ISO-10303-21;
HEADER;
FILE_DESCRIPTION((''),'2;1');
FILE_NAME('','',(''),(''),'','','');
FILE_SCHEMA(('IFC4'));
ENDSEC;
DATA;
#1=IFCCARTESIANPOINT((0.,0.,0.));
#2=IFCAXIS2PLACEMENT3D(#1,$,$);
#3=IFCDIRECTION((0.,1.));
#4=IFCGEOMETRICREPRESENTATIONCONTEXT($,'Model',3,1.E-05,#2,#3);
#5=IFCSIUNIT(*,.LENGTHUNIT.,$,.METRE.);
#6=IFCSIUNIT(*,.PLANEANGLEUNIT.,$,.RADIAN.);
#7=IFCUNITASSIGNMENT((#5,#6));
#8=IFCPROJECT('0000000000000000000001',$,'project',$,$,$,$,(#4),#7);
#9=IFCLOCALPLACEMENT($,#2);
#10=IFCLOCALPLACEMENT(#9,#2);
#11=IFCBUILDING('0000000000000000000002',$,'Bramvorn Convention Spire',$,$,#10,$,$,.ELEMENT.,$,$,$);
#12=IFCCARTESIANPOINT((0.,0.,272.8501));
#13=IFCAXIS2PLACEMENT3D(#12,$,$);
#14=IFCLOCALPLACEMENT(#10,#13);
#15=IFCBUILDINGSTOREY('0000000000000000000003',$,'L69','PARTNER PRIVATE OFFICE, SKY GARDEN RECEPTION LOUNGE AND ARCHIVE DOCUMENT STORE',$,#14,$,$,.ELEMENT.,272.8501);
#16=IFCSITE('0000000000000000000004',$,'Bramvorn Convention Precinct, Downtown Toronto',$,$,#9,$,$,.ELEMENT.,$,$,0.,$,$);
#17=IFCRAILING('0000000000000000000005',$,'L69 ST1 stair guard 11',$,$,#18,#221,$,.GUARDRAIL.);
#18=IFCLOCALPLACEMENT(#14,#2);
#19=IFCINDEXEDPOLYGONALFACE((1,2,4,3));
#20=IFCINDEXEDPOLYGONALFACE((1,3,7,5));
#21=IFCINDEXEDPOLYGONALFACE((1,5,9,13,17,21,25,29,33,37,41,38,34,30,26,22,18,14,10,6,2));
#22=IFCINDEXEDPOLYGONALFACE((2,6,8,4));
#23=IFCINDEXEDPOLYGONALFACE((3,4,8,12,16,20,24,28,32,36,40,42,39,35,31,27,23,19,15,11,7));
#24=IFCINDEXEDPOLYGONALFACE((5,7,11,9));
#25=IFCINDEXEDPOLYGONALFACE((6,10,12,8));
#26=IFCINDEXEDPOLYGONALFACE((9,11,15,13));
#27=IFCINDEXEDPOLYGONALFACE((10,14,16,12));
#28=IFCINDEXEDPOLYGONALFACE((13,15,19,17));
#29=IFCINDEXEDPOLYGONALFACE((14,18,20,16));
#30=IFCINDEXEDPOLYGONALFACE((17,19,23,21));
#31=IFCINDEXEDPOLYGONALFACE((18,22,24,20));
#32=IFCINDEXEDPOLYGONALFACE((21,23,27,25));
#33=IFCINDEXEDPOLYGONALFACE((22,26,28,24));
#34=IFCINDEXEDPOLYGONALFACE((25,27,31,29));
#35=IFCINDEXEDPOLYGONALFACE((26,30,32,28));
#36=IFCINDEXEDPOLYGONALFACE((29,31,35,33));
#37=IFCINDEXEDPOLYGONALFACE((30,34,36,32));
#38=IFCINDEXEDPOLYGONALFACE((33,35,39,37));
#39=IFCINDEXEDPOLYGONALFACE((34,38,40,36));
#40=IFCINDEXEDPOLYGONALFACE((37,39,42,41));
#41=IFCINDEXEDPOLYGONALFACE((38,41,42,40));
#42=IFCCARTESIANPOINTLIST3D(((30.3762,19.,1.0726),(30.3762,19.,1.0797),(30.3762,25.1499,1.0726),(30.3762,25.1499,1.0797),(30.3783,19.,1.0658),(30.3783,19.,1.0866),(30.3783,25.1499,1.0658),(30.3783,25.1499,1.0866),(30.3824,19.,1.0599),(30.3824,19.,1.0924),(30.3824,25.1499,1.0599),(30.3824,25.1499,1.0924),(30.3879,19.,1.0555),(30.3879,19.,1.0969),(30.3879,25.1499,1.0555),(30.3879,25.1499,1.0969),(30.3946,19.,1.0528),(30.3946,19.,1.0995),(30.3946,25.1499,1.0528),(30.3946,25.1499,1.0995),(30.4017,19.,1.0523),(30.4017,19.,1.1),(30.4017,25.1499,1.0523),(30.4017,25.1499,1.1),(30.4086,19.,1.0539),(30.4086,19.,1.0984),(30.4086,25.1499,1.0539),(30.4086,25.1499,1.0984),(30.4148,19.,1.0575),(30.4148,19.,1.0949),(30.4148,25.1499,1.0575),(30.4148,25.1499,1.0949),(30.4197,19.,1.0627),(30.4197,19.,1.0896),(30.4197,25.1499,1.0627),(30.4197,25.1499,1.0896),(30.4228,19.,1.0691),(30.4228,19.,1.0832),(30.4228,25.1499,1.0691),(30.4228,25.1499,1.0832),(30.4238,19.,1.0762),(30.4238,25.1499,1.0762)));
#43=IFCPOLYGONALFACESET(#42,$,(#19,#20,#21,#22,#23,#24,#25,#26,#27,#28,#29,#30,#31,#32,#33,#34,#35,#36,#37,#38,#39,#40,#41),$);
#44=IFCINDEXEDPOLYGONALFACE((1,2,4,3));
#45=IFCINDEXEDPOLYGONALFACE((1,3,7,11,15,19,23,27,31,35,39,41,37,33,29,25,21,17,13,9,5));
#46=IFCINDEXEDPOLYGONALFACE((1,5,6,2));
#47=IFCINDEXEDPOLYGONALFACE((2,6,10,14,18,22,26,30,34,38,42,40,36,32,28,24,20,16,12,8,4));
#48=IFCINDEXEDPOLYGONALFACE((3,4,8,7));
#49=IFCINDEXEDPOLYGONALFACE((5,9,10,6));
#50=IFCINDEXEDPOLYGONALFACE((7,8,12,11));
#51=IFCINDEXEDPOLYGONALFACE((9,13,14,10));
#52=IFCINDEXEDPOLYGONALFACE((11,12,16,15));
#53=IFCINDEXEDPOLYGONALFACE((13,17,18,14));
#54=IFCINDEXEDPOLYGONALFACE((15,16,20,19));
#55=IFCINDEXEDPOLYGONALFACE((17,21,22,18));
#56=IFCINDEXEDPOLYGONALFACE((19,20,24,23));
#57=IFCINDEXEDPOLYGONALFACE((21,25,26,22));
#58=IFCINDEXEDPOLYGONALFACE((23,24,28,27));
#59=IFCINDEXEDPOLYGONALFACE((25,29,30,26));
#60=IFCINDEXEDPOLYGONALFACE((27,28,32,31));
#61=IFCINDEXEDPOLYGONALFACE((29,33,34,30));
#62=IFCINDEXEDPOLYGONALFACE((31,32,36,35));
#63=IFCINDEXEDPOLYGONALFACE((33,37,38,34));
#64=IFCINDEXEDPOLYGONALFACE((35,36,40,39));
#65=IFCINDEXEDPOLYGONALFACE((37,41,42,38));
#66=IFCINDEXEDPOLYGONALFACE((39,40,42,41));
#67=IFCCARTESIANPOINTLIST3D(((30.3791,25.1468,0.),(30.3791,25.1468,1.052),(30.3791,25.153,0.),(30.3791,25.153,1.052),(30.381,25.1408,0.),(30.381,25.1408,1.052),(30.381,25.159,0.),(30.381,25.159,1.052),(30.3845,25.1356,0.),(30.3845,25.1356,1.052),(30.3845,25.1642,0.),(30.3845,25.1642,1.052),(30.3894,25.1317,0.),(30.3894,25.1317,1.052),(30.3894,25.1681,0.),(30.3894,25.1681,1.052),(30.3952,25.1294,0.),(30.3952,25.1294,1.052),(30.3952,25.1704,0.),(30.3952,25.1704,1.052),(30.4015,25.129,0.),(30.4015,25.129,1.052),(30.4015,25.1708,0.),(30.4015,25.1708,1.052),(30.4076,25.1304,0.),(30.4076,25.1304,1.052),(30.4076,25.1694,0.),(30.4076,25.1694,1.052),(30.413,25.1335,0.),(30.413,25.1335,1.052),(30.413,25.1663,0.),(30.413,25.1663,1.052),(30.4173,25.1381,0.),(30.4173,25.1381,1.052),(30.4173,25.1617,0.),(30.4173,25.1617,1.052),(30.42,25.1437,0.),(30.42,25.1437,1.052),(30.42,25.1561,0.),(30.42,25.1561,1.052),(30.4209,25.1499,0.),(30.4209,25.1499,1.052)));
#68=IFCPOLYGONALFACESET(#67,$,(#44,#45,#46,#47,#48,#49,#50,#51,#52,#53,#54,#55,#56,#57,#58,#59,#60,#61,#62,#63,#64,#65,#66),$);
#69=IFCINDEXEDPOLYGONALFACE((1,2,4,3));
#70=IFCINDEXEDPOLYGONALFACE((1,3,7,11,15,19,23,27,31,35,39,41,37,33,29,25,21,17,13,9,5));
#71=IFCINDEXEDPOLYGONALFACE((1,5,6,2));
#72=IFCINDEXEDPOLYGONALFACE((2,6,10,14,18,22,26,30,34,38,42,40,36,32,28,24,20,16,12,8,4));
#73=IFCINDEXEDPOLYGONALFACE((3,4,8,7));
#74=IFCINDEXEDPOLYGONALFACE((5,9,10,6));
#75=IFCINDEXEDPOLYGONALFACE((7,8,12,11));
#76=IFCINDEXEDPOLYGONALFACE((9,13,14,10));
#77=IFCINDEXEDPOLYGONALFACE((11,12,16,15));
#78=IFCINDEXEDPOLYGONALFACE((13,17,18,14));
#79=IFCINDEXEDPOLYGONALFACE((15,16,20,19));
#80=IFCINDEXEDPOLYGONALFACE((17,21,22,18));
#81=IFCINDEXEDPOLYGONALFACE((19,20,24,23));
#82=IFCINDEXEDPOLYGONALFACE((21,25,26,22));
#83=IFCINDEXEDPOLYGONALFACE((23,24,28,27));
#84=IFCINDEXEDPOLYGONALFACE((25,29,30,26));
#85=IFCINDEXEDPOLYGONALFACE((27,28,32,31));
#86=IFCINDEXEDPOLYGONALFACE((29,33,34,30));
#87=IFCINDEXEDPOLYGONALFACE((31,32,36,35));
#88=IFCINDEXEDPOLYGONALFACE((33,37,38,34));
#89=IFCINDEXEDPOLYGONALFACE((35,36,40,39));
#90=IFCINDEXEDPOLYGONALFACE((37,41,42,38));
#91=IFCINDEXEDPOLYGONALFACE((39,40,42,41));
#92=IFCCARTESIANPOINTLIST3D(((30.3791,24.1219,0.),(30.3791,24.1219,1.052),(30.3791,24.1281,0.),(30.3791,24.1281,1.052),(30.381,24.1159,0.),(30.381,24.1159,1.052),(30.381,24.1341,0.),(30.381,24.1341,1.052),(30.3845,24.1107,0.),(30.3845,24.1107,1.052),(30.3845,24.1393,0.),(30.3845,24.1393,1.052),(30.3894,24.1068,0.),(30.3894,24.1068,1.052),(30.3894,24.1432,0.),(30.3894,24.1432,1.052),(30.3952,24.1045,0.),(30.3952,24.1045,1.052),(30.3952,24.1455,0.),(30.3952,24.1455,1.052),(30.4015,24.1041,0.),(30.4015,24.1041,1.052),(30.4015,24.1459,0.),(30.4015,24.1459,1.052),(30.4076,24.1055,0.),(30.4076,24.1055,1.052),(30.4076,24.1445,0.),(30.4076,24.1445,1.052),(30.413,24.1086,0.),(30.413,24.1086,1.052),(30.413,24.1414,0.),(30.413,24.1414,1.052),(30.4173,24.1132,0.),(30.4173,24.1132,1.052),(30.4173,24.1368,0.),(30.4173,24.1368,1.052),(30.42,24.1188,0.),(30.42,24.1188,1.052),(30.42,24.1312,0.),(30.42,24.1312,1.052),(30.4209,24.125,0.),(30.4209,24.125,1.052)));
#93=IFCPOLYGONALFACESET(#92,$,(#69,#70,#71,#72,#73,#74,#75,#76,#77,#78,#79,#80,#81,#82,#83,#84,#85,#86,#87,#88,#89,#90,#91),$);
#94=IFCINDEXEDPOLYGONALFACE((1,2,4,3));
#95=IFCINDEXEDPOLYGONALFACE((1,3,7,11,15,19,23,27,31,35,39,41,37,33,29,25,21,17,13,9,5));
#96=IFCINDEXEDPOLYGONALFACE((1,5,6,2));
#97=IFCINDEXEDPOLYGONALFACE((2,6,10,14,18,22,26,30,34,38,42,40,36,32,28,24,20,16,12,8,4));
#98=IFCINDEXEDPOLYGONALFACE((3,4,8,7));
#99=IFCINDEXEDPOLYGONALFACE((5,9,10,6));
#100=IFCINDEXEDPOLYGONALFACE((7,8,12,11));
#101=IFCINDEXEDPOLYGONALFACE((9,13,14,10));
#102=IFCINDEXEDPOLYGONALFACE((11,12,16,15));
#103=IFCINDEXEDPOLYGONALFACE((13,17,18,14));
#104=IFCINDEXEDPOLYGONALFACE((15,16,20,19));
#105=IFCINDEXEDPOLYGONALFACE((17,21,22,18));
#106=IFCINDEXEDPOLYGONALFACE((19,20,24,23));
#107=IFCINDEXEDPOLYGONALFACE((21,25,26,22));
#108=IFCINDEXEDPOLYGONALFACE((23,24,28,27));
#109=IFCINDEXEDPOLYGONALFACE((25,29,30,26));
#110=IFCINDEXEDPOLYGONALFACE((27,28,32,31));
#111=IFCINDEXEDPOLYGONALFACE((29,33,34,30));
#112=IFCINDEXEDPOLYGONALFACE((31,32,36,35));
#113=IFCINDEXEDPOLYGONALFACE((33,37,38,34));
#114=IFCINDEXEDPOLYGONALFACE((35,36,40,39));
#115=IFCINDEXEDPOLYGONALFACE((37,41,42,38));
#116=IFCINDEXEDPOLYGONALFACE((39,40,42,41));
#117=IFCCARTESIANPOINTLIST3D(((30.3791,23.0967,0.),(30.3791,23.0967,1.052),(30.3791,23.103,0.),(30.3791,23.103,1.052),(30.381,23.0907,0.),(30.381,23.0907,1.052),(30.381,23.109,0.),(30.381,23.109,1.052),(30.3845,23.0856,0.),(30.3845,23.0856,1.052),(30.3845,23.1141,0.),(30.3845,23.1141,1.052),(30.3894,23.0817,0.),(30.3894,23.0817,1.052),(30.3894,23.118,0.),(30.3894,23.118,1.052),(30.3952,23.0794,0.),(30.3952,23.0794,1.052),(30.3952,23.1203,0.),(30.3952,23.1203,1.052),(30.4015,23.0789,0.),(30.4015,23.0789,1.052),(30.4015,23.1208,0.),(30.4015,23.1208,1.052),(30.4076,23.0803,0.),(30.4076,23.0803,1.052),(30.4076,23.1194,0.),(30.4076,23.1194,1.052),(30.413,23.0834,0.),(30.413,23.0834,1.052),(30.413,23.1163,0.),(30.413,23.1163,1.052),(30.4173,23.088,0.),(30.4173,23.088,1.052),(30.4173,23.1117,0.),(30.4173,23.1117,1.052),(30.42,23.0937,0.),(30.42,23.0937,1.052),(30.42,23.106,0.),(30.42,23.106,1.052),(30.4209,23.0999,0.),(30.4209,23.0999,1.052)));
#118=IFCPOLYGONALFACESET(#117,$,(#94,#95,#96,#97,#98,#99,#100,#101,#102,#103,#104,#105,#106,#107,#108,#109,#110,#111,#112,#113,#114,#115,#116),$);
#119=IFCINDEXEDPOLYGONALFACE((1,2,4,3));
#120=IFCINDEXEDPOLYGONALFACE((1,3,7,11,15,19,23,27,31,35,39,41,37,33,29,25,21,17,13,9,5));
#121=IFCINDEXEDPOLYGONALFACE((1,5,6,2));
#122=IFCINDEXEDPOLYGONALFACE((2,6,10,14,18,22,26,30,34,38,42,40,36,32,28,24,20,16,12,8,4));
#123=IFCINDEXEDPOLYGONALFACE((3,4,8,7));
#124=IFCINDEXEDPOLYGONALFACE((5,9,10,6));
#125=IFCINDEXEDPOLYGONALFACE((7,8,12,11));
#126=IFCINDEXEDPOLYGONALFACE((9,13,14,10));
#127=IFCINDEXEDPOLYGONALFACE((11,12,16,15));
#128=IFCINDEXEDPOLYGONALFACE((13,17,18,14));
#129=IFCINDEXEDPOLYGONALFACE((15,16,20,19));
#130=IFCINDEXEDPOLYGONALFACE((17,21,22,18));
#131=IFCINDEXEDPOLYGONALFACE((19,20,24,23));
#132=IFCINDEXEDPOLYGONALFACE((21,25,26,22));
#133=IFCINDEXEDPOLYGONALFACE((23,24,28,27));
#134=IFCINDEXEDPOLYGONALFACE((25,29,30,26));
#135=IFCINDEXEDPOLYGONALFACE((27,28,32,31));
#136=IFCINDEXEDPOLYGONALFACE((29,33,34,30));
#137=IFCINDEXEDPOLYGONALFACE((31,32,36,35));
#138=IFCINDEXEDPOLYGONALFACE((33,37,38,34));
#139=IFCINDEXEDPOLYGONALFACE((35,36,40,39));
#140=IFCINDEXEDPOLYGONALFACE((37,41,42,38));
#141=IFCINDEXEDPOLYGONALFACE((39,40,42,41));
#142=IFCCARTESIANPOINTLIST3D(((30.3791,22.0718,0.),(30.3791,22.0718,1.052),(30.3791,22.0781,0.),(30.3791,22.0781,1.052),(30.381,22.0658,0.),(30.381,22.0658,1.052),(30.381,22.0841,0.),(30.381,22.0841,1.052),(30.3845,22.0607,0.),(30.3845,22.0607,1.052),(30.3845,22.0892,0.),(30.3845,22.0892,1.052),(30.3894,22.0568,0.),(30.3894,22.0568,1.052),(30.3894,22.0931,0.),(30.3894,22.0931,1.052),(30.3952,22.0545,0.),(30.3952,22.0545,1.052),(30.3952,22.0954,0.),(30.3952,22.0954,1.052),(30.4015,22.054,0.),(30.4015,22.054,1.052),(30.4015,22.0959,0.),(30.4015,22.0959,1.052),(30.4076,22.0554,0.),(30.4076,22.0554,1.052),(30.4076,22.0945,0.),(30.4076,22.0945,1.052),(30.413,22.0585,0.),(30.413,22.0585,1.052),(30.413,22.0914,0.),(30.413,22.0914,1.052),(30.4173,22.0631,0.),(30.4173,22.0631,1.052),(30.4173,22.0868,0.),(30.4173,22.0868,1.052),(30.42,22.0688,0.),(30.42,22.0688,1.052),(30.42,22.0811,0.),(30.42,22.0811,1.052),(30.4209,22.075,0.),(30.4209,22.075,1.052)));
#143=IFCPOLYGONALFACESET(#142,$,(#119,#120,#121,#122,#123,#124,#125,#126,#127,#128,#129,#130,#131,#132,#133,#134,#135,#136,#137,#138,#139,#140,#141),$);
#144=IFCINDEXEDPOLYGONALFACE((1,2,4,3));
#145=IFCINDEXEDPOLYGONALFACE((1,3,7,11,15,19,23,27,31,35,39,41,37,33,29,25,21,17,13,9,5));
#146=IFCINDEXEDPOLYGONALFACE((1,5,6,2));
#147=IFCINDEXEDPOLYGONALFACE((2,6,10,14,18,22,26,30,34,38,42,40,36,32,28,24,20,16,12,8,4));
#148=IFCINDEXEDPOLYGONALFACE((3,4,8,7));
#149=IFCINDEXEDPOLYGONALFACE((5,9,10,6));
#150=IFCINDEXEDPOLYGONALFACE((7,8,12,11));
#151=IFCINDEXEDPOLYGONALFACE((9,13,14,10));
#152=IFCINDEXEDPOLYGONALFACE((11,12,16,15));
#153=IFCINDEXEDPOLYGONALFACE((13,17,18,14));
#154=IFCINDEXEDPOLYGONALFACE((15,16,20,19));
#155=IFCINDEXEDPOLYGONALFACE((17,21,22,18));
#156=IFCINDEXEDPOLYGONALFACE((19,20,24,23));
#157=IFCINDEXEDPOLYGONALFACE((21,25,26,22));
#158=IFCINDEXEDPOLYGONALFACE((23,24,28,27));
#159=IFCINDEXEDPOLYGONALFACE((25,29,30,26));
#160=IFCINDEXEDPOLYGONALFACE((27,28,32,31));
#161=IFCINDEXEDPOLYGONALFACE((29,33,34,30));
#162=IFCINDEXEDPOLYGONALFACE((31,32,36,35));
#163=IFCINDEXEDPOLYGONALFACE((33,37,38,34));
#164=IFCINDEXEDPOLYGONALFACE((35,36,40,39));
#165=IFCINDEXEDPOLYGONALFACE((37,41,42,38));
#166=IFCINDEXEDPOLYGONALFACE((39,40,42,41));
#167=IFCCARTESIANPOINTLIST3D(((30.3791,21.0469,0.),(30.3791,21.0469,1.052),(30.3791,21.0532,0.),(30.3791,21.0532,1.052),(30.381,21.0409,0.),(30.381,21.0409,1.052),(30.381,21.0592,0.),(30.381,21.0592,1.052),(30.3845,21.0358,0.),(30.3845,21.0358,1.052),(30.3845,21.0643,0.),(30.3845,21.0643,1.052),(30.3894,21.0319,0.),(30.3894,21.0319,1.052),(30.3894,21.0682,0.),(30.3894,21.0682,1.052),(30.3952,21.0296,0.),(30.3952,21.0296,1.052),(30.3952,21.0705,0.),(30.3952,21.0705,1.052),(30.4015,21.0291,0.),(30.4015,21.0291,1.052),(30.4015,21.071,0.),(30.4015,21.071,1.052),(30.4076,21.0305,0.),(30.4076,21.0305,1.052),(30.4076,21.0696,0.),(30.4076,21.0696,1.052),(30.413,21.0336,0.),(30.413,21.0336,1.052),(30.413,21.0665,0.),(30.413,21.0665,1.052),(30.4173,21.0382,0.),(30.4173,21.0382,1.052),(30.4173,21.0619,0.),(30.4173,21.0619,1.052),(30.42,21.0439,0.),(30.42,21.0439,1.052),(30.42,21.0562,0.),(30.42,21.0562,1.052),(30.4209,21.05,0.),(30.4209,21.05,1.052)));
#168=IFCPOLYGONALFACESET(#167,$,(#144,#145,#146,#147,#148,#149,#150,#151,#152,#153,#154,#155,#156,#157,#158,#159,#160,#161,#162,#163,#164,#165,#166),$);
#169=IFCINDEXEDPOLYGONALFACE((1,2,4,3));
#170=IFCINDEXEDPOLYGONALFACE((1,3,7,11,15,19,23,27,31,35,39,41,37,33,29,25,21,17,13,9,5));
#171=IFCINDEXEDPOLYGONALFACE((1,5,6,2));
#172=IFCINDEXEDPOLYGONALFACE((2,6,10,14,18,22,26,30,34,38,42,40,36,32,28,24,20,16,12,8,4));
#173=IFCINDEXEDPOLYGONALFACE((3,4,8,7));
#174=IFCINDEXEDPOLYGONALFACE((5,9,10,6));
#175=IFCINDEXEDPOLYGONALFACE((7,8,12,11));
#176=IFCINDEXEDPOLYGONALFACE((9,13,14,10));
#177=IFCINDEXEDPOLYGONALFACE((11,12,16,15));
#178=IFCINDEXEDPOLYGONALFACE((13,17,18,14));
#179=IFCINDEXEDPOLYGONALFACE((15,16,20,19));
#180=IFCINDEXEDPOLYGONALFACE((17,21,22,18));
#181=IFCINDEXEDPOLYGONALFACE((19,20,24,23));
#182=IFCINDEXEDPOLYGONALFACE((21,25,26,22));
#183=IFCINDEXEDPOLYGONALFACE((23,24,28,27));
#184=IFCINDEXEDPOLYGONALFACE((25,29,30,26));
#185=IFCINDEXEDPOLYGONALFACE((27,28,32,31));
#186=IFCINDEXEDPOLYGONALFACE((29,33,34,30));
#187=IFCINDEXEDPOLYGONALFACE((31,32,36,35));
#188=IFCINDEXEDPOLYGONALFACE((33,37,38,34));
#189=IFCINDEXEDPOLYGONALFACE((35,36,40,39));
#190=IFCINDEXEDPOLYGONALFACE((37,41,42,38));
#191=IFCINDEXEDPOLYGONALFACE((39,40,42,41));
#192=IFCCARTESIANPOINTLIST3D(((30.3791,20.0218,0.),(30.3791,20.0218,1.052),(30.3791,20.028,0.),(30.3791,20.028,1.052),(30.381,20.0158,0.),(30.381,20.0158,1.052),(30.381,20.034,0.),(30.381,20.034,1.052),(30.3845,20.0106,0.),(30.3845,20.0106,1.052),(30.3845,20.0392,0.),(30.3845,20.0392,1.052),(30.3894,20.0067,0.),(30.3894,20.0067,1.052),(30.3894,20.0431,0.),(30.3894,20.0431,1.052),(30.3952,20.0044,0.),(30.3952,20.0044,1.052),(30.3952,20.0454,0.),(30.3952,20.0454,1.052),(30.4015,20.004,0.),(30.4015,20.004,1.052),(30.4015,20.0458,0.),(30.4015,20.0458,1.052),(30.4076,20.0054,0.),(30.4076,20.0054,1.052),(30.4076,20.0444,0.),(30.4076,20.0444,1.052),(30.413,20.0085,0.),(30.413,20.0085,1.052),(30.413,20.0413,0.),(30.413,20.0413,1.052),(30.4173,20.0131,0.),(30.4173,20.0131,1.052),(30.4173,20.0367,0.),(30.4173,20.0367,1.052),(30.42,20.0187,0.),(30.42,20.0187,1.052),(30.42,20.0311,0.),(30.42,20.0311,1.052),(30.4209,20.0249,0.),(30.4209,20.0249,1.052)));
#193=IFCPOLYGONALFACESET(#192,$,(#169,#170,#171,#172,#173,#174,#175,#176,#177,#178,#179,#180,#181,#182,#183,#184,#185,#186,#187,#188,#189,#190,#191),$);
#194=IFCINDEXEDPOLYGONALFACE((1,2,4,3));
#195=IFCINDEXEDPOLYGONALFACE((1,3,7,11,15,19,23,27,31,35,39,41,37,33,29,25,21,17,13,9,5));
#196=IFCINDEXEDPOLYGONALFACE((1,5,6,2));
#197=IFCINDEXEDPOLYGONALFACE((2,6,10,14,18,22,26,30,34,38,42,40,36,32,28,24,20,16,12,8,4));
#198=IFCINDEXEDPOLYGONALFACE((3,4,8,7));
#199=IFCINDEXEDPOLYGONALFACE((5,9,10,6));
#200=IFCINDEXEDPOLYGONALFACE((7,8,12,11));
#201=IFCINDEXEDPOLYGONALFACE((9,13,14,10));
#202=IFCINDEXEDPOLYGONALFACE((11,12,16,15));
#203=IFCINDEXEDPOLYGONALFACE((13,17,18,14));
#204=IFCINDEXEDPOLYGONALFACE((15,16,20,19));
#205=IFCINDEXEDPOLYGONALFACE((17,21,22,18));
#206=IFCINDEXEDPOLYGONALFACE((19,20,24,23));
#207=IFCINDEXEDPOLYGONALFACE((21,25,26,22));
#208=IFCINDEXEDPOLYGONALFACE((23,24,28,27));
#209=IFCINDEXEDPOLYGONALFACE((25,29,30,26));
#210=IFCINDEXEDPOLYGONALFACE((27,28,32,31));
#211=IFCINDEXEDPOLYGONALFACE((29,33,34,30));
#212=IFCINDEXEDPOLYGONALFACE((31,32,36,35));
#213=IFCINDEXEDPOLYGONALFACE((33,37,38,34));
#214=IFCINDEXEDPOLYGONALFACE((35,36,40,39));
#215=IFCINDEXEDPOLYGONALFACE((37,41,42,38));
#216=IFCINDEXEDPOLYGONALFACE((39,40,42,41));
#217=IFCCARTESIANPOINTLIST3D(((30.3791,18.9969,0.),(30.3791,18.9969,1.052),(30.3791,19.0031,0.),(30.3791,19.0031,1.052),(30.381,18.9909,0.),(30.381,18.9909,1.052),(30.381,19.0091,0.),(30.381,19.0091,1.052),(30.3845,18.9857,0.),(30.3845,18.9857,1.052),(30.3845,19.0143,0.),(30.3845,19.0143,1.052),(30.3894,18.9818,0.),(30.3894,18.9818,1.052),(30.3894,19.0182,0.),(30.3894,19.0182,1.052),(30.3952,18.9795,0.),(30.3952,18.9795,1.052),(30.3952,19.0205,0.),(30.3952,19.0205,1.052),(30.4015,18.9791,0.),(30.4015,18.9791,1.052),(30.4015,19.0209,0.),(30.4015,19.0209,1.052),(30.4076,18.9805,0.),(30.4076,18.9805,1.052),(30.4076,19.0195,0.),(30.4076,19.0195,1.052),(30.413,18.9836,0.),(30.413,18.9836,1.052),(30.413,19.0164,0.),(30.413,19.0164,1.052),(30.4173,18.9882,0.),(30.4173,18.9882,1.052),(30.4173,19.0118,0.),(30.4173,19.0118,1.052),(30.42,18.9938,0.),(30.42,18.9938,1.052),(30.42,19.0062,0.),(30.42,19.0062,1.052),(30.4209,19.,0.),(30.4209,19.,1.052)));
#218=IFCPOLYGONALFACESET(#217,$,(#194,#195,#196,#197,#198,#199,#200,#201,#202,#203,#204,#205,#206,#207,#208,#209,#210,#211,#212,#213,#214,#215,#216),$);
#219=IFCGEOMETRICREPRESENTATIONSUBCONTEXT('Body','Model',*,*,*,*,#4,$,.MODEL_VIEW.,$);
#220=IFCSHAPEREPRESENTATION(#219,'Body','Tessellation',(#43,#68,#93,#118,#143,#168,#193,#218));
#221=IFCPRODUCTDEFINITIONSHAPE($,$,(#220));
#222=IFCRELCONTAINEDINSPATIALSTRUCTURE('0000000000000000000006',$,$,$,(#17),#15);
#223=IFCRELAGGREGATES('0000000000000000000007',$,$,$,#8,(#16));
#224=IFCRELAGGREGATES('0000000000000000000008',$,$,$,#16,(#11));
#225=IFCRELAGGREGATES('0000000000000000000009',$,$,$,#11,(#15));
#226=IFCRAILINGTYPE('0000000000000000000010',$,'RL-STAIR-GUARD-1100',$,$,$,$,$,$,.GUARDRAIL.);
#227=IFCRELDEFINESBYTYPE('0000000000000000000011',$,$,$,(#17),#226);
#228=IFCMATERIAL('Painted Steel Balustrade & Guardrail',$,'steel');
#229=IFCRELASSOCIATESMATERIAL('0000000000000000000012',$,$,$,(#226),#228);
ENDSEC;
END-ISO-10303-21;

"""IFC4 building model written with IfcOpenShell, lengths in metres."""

from ifc_helpers import new_model, si_unit, direction, frame, origin, origin_2d, place, context, subcontext, project, spatial, circle, extrude, material, type_object, element, save


model = new_model("IFC4")

# Units and contexts
model_context = context("Model", 3, precision=1e-05, world=origin(), true_north=direction((0.0, 1.0)))
body_context = subcontext(model_context, "Body", "Model", "MODEL_VIEW")
ifc_project = project(units=[si_unit("LENGTHUNIT", "METRE"), si_unit("PLANEANGLEUNIT", "RADIAN")], contexts=[model_context])

# Site, building, storey
site_placement = place(None, origin())
site = spatial("IfcSite", under=ifc_project, at=site_placement, Name="Bramvorn Convention Precinct, Downtown Toronto", CompositionType="ELEMENT", RefElevation=0.0)
building_placement = place(site_placement, origin())
building = spatial("IfcBuilding", under=site, at=building_placement, Name="Bramvorn Convention Spire", CompositionType="ELEMENT")
storey_placement = place(building_placement, frame((0.0, 0.0, 272.8501)))
storey = spatial("IfcBuildingStorey", under=building, at=storey_placement, Name="L69", Description="PARTNER PRIVATE OFFICE, SKY GARDEN RECEPTION LOUNGE AND ARCHIVE DOCUMENT STORE", CompositionType="ELEMENT", Elevation=272.8501)

# Railing
ifc_material_1 = material(Name="Painted Steel Balustrade & Guardrail", Category="steel")
railing_type_1 = type_object("IfcRailingType", Name="RL-STAIR-GUARD-1100", PredefinedType="GUARDRAIL", material=ifc_material_1)
railing_1_placement = place(storey_placement, frame((30.3999, 25.1499, 0.0)))
element("IfcRailing", 1, at=railing_1_placement, inside=storey, type_object=railing_type_1, Name="L69 ST1 stair guard 11", PredefinedType="GUARDRAIL", context=body_context, shape_type="SweptSolid", body=[
    extrude(circle(Radius=0.0239, at=origin_2d()), frame((0.0, 0.0, 1.0762), z_axis=(0.0, -1.0, 0.0), x_axis=(1.0, 0.0, 0.0)), (0.0, 0.0, 1.0), 6.1499),
    extrude(circle(Radius=0.021, at=origin_2d()), origin(), (0.0, 0.0, 1.0), 1.052),
    extrude(circle(Radius=0.021, at=origin_2d()), frame((0.0, -1.0249, 0.0)), (0.0, 0.0, 1.0), 1.052),
    extrude(circle(Radius=0.021, at=origin_2d()), frame((0.0, -2.05, 0.0)), (0.0, 0.0, 1.0), 1.052),
    extrude(circle(Radius=0.021, at=origin_2d()), frame((0.0, -3.075, 0.0)), (0.0, 0.0, 1.0), 1.052),
    extrude(circle(Radius=0.021, at=origin_2d()), frame((0.0, -4.0999, 0.0)), (0.0, 0.0, 1.0), 1.052),
    extrude(circle(Radius=0.021, at=origin_2d()), frame((0.0, -5.125, 0.0)), (0.0, 0.0, 1.0), 1.052),
    extrude(circle(Radius=0.021, at=origin_2d()), frame((0.0, -6.1499, 0.0)), (0.0, 0.0, 1.0), 1.052),
])

save(model, "model.ifc")
